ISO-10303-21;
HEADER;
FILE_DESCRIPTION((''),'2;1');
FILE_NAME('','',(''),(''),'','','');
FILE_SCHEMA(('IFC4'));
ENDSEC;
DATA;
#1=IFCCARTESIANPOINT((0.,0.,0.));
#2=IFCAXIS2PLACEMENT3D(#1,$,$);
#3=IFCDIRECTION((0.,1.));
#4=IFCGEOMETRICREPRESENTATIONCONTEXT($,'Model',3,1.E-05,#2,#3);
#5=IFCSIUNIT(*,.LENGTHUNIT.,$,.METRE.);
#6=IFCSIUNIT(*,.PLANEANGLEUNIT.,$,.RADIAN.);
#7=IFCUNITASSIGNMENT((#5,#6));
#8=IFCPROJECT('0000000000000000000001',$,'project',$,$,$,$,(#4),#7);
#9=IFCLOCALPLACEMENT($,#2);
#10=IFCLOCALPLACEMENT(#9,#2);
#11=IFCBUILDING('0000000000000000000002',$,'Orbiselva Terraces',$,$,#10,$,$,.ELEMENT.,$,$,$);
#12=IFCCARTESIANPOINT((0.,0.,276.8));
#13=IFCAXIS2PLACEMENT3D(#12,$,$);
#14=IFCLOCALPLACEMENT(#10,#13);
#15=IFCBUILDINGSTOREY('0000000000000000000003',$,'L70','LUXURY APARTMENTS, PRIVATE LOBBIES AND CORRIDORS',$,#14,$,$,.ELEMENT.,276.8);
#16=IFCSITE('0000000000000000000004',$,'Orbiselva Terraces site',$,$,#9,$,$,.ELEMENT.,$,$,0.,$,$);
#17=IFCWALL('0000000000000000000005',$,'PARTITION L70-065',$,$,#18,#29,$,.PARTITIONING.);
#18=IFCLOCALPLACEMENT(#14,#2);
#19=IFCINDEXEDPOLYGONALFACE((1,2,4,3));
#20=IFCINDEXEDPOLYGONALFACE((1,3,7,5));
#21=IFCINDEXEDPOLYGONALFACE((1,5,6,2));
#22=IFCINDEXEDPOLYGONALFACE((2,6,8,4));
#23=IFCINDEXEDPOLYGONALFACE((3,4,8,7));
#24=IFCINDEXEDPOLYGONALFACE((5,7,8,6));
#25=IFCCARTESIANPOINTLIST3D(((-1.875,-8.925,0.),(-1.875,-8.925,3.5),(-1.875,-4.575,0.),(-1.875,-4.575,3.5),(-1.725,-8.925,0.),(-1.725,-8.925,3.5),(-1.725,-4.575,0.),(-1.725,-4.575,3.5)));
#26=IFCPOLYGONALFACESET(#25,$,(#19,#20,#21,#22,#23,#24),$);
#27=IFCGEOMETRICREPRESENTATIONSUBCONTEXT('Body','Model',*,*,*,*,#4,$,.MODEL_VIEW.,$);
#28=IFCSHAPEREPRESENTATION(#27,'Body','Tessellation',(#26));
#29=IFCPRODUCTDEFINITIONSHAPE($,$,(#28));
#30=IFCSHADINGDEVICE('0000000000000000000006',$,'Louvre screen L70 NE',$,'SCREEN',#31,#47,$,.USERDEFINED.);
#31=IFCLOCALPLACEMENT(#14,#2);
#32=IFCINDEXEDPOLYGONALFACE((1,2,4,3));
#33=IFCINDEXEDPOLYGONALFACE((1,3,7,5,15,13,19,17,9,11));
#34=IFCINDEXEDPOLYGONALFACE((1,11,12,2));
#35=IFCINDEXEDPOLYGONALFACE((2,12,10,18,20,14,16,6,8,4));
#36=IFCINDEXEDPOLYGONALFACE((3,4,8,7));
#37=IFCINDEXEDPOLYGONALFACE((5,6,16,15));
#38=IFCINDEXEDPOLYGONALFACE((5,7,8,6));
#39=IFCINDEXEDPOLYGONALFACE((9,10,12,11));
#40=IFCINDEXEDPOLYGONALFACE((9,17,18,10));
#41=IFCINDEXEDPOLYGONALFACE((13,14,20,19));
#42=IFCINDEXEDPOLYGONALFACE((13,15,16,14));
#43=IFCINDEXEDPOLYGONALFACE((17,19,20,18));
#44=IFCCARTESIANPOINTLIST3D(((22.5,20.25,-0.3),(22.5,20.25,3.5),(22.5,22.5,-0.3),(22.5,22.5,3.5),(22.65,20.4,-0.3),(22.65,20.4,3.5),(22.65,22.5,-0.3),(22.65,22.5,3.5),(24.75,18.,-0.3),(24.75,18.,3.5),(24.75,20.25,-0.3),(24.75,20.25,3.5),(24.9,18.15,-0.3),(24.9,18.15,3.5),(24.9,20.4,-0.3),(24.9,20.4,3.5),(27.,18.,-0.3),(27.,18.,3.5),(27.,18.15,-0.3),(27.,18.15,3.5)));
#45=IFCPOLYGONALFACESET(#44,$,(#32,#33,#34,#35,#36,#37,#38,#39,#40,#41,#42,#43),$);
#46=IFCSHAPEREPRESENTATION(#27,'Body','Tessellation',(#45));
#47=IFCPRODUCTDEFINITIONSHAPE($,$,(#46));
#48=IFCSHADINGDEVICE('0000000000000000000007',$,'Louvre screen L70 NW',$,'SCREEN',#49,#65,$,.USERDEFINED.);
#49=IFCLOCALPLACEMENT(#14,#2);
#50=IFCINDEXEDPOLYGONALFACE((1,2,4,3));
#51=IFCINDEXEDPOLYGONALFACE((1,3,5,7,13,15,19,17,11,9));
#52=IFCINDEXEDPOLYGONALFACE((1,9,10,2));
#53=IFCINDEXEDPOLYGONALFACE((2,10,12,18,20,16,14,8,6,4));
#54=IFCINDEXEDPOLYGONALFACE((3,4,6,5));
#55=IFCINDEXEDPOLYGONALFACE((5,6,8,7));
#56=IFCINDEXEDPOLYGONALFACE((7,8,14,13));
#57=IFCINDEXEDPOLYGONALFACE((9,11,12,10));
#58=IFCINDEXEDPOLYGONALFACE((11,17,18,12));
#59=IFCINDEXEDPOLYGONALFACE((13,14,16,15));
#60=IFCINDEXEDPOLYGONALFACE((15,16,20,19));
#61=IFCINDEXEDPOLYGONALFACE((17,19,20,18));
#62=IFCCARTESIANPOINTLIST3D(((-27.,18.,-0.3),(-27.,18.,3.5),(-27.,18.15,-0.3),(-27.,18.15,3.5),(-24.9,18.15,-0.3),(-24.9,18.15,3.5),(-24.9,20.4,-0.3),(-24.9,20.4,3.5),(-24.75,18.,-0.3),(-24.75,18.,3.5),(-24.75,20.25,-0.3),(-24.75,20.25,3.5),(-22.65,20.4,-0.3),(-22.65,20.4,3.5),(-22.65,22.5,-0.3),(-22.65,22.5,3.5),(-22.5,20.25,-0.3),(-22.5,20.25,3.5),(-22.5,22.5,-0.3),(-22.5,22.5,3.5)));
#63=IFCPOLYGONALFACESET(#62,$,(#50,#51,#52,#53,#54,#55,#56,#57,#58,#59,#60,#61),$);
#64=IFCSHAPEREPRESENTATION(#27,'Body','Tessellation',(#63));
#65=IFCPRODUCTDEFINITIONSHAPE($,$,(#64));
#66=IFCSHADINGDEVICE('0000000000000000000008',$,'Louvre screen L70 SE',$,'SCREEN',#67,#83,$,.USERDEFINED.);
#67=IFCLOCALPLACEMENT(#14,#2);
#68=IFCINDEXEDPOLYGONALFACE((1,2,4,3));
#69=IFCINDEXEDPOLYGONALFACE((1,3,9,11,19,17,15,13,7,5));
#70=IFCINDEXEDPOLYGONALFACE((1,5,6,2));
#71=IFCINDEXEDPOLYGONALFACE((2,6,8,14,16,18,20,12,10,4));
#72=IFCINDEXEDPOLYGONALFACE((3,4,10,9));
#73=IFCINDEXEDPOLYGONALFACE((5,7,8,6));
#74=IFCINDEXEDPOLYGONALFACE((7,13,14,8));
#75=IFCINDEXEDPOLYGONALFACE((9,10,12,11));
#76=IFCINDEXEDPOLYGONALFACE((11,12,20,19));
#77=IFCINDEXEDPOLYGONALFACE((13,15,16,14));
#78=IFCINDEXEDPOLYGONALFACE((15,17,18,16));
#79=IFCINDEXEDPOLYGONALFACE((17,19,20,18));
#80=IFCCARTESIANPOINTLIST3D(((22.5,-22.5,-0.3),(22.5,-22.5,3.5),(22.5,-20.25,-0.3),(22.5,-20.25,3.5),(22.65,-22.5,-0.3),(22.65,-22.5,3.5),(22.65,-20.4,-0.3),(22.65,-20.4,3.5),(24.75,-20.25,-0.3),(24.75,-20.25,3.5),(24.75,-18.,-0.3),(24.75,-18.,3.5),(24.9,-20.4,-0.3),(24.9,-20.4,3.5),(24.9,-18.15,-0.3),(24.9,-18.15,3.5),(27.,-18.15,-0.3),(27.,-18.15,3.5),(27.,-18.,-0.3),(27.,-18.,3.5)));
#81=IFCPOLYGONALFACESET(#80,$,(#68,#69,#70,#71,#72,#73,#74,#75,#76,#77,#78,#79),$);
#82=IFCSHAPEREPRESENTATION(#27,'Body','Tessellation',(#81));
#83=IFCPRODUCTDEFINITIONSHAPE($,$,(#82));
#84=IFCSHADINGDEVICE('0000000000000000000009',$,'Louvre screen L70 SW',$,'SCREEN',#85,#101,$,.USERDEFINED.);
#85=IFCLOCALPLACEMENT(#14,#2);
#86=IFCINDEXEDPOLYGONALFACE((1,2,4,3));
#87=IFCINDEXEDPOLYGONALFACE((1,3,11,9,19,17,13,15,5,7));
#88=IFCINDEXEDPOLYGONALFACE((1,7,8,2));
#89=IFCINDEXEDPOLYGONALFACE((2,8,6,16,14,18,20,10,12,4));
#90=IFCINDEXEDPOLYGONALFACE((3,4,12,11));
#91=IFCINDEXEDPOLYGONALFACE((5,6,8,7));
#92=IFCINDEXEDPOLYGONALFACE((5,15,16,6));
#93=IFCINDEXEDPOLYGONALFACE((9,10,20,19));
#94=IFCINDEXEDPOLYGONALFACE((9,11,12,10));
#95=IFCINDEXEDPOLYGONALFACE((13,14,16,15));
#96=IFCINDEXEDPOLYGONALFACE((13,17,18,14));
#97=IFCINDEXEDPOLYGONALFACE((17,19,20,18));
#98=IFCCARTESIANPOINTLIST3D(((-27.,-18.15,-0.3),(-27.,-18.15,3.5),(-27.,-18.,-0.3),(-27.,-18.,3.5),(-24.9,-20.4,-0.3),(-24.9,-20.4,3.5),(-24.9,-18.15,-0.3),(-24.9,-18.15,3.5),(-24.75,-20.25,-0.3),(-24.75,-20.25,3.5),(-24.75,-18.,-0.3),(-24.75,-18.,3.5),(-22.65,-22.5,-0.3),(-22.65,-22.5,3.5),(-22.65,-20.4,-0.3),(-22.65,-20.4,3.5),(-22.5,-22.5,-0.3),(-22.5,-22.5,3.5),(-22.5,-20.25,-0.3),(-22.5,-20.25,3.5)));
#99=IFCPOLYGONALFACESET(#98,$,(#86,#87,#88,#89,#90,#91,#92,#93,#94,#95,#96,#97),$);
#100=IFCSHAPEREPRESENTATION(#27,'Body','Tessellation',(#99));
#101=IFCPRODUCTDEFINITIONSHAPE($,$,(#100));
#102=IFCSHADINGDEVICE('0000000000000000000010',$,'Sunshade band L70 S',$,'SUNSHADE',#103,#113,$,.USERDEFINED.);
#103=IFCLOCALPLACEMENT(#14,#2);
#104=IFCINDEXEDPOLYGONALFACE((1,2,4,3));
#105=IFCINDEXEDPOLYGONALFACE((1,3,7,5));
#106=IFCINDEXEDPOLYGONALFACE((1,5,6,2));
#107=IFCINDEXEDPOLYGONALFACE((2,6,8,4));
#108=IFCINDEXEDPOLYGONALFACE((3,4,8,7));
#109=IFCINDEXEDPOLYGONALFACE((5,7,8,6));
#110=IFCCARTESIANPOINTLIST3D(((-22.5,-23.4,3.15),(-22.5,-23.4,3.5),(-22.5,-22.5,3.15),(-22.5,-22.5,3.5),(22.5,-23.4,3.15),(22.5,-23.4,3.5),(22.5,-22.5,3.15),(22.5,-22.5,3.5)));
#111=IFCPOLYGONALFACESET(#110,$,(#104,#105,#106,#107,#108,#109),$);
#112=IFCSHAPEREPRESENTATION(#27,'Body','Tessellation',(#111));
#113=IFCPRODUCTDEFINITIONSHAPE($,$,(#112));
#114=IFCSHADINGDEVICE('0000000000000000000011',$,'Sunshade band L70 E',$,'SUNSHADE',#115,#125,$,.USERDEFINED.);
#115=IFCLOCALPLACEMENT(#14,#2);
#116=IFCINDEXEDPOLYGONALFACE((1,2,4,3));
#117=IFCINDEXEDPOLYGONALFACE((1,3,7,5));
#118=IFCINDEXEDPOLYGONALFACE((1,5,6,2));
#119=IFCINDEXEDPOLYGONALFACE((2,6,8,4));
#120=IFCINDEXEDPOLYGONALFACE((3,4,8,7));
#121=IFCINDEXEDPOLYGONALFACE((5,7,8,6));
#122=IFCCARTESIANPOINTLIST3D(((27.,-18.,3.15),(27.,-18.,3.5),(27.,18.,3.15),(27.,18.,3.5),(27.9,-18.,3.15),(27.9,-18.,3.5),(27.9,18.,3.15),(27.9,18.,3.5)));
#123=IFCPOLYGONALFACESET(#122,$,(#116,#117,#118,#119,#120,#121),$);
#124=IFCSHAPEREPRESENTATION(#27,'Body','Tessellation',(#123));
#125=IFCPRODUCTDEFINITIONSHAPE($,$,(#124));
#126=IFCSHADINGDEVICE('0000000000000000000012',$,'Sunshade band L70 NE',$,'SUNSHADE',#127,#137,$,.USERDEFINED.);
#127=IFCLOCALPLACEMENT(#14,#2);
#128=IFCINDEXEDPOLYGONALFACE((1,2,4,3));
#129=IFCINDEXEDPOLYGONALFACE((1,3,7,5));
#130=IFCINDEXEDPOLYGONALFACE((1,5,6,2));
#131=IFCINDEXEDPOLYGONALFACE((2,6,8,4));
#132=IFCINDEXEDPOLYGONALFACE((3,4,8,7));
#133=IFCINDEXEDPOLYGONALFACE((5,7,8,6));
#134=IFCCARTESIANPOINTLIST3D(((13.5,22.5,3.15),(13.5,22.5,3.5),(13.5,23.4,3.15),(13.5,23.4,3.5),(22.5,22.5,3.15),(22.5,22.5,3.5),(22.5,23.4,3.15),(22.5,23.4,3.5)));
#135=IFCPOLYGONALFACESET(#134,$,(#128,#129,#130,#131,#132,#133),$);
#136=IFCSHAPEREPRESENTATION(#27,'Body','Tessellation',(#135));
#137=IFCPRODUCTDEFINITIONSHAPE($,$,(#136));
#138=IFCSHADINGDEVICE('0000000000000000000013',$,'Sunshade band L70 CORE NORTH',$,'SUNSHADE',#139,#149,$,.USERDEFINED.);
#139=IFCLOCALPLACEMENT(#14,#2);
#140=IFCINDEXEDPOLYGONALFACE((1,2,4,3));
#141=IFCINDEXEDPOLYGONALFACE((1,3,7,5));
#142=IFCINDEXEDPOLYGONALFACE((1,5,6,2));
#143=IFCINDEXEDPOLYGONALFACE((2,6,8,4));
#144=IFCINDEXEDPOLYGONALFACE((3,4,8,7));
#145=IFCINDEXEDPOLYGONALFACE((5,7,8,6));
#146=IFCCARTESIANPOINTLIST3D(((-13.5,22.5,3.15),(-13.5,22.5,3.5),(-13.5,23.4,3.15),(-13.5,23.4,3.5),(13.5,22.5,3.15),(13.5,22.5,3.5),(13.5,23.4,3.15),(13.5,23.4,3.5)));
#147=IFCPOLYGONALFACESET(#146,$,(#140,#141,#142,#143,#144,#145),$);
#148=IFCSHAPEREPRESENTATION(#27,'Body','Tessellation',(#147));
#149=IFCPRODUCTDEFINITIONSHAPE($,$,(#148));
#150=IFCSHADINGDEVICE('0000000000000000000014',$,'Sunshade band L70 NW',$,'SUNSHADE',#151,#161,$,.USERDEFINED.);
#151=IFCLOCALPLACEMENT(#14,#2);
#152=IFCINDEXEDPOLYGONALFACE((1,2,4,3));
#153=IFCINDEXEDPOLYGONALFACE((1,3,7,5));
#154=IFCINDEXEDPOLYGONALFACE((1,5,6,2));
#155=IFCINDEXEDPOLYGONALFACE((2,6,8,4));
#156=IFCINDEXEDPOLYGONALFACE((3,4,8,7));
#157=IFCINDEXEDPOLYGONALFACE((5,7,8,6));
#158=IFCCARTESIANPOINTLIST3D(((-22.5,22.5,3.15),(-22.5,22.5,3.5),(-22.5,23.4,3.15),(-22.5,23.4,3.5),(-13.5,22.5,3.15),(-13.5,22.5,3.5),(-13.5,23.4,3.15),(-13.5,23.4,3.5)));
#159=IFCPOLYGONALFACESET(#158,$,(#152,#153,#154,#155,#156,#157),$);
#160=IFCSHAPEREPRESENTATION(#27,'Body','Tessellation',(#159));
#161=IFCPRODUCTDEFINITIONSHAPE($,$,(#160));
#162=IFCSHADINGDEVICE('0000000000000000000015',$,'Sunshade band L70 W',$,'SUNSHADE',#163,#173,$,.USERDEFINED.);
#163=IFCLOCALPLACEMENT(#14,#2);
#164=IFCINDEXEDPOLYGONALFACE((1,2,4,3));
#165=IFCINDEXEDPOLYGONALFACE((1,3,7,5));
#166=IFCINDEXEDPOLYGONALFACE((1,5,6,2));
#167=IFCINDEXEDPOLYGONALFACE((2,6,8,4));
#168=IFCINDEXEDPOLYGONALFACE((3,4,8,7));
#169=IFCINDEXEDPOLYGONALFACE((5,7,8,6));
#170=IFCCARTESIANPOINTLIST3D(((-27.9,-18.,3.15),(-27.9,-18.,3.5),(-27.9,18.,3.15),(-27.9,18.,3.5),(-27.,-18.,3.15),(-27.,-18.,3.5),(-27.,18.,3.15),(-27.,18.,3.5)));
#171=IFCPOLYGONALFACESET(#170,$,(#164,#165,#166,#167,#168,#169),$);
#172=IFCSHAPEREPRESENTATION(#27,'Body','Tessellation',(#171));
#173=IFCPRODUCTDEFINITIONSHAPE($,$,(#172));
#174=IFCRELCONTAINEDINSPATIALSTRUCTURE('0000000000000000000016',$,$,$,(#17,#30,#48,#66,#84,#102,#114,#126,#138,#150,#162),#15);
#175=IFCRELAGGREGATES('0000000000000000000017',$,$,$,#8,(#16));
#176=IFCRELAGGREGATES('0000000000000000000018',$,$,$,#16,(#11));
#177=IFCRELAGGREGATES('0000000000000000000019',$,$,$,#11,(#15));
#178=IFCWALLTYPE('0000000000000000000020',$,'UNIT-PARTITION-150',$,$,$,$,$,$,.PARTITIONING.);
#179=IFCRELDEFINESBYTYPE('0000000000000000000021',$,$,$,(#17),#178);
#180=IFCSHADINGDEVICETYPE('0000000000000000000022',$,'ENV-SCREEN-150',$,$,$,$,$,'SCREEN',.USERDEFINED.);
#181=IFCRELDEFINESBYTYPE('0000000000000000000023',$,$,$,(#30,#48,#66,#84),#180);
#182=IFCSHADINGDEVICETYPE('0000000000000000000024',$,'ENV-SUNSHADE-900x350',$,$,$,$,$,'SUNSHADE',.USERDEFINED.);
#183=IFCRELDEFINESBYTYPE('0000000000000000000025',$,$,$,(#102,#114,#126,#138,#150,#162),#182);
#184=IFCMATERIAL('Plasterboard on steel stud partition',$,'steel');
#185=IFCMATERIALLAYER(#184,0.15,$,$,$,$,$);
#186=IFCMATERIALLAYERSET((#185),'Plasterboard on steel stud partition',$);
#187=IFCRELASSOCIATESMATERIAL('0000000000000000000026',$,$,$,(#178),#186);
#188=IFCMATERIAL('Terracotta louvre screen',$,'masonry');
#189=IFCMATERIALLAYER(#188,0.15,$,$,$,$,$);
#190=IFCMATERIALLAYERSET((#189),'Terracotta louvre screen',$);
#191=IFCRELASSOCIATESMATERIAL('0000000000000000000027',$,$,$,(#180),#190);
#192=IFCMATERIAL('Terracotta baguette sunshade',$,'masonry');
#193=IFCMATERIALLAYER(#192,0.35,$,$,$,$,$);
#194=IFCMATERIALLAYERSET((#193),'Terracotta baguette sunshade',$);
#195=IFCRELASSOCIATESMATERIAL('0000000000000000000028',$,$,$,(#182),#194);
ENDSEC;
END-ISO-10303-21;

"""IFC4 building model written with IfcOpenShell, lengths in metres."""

from ifc_helpers import new_model, si_unit, direction, frame, frame_2d, origin, place, context, subcontext, project, spatial, polyline, rectangle, outline, extrude, material, layer, layer_set, type_object, element, save


model = new_model("IFC4")

# Units and contexts
model_context = context("Model", 3, precision=1e-05, world=origin(), true_north=direction((0.0, 1.0)))
body_context = subcontext(model_context, "Body", "Model", "MODEL_VIEW")
ifc_project = project(units=[si_unit("LENGTHUNIT", "METRE"), si_unit("PLANEANGLEUNIT", "RADIAN")], contexts=[model_context])

# Site, building, storey
site_placement = place(None, origin())
site = spatial("IfcSite", under=ifc_project, at=site_placement, Name="Orbiselva Terraces site", CompositionType="ELEMENT", RefElevation=0.0)
building_placement = place(site_placement, origin())
building = spatial("IfcBuilding", under=site, at=building_placement, Name="Orbiselva Terraces", CompositionType="ELEMENT")
storey_placement = place(building_placement, frame((0.0, 0.0, 276.8)))
storey = spatial("IfcBuildingStorey", under=building, at=storey_placement, Name="L70", Description="LUXURY APARTMENTS, PRIVATE LOBBIES AND CORRIDORS", CompositionType="ELEMENT", Elevation=276.8)

# Shared definitions
ifc_material_1 = material(Name="Plasterboard on steel stud partition", Category="steel")
ifc_layer_1 = layer(ifc_material_1, 0.15)
ifc_layer_set_1 = layer_set([ifc_layer_1], Name="Plasterboard on steel stud partition")
wall_type_1 = type_object("IfcWallType", Name="UNIT-PARTITION-150", PredefinedType="PARTITIONING", material=ifc_layer_set_1)

# Wall
for number, where, z_axis, x_axis, name in (
    (1, (-1.8, -8.925, 0.0), (0.0, 0.0, 1.0), (0.0, 1.0, 0.0), "PARTITION L70-065"),
):
    element("IfcWall", number, at=place(storey_placement, frame(where, z_axis=z_axis, x_axis=x_axis)), inside=storey, type_object=wall_type_1, Name=name, PredefinedType="PARTITIONING", context=body_context, shape_type="SweptSolid", body=[
        extrude(rectangle(XDim=4.35, YDim=0.15, at=frame_2d((2.175, 0.0))), origin(), (0.0, 0.0, 1.0), 3.5),
    ])

# Shading devices
ifc_material_2 = material(Name="Terracotta louvre screen", Category="masonry")
ifc_layer_2 = layer(ifc_material_2, 0.15)
ifc_layer_set_2 = layer_set([ifc_layer_2], Name="Terracotta louvre screen")
shading_device_type_1 = type_object("IfcShadingDeviceType", Name="ENV-SCREEN-150", ElementType="SCREEN", PredefinedType="USERDEFINED", material=ifc_layer_set_2)
shading_device_1_placement = place(storey_placement, frame((0.0, 0.0, -0.3)))
element("IfcShadingDevice", 2, at=shading_device_1_placement, inside=storey, type_object=shading_device_type_1, Name="Louvre screen L70 NE", ObjectType="SCREEN", PredefinedType="USERDEFINED", context=body_context, shape_type="SweptSolid", body=[
    extrude(outline(polyline([(27.0, 18.15), (24.9, 18.15), (24.9, 20.4), (22.65, 20.4), (22.65, 22.5), (22.5, 22.5), (22.5, 20.25), (24.75, 20.25), (24.75, 18.0), (27.0, 18.0), (27.0, 18.15)])), origin(), (0.0, 0.0, 1.0), 3.8),
])
shading_device_2_placement = place(storey_placement, frame((0.0, 0.0, -0.3)))
element("IfcShadingDevice", 3, at=shading_device_2_placement, inside=storey, type_object=shading_device_type_1, Name="Louvre screen L70 NW", ObjectType="SCREEN", PredefinedType="USERDEFINED", context=body_context, shape_type="SweptSolid", body=[
    extrude(outline(polyline([(-22.65, 22.5), (-22.65, 20.4), (-24.9, 20.4), (-24.9, 18.15), (-27.0, 18.15), (-27.0, 18.0), (-24.75, 18.0), (-24.75, 20.25), (-22.5, 20.25), (-22.5, 22.5), (-22.65, 22.5)])), origin(), (0.0, 0.0, 1.0), 3.8),
])
shading_device_3_placement = place(storey_placement, frame((0.0, 0.0, -0.3)))
element("IfcShadingDevice", 4, at=shading_device_3_placement, inside=storey, type_object=shading_device_type_1, Name="Louvre screen L70 SE", ObjectType="SCREEN", PredefinedType="USERDEFINED", context=body_context, shape_type="SweptSolid", body=[
    extrude(outline(polyline([(22.65, -22.5), (22.65, -20.4), (24.9, -20.4), (24.9, -18.15), (27.0, -18.15), (27.0, -18.0), (24.75, -18.0), (24.75, -20.25), (22.5, -20.25), (22.5, -22.5), (22.65, -22.5)])), origin(), (0.0, 0.0, 1.0), 3.8),
])
shading_device_4_placement = place(storey_placement, frame((0.0, 0.0, -0.3)))
element("IfcShadingDevice", 5, at=shading_device_4_placement, inside=storey, type_object=shading_device_type_1, Name="Louvre screen L70 SW", ObjectType="SCREEN", PredefinedType="USERDEFINED", context=body_context, shape_type="SweptSolid", body=[
    extrude(outline(polyline([(-27.0, -18.15), (-24.9, -18.15), (-24.9, -20.4), (-22.65, -20.4), (-22.65, -22.5), (-22.5, -22.5), (-22.5, -20.25), (-24.75, -20.25), (-24.75, -18.0), (-27.0, -18.0), (-27.0, -18.15)])), origin(), (0.0, 0.0, 1.0), 3.8),
])
ifc_material_3 = material(Name="Terracotta baguette sunshade", Category="masonry")
ifc_layer_3 = layer(ifc_material_3, 0.35)
ifc_layer_set_3 = layer_set([ifc_layer_3], Name="Terracotta baguette sunshade")
shading_device_type_2 = type_object("IfcShadingDeviceType", Name="ENV-SUNSHADE-900x350", ElementType="SUNSHADE", PredefinedType="USERDEFINED", material=ifc_layer_set_3)
shading_device_5_placement = place(storey_placement, frame((0.0, 0.0, 3.15)))
element("IfcShadingDevice", 6, at=shading_device_5_placement, inside=storey, type_object=shading_device_type_2, Name="Sunshade band L70 S", ObjectType="SUNSHADE", PredefinedType="USERDEFINED", context=body_context, shape_type="SweptSolid", body=[
    extrude(outline(polyline([(-22.5, -23.4), (22.5, -23.4), (22.5, -22.5), (-22.5, -22.5), (-22.5, -23.4)])), origin(), (0.0, 0.0, 1.0), 0.35),
])
shading_device_6_placement = place(storey_placement, frame((0.0, 0.0, 3.15)))
element("IfcShadingDevice", 7, at=shading_device_6_placement, inside=storey, type_object=shading_device_type_2, Name="Sunshade band L70 E", ObjectType="SUNSHADE", PredefinedType="USERDEFINED", context=body_context, shape_type="SweptSolid", body=[
    extrude(outline(polyline([(27.9, -18.0), (27.9, 18.0), (27.0, 18.0), (27.0, -18.0), (27.9, -18.0)])), origin(), (0.0, 0.0, 1.0), 0.35),
])
shading_device_7_placement = place(storey_placement, frame((0.0, 0.0, 3.15)))
element("IfcShadingDevice", 8, at=shading_device_7_placement, inside=storey, type_object=shading_device_type_2, Name="Sunshade band L70 NE", ObjectType="SUNSHADE", PredefinedType="USERDEFINED", context=body_context, shape_type="SweptSolid", body=[
    extrude(outline(polyline([(22.5, 23.4), (13.5, 23.4), (13.5, 22.5), (22.5, 22.5), (22.5, 23.4)])), origin(), (0.0, 0.0, 1.0), 0.35),
])
shading_device_8_placement = place(storey_placement, frame((0.0, 0.0, 3.15)))
element("IfcShadingDevice", 9, at=shading_device_8_placement, inside=storey, type_object=shading_device_type_2, Name="Sunshade band L70 CORE NORTH", ObjectType="SUNSHADE", PredefinedType="USERDEFINED", context=body_context, shape_type="SweptSolid", body=[
    extrude(outline(polyline([(13.5, 23.4), (-13.5, 23.4), (-13.5, 22.5), (13.5, 22.5), (13.5, 23.4)])), origin(), (0.0, 0.0, 1.0), 0.35),
])
shading_device_9_placement = place(storey_placement, frame((0.0, 0.0, 3.15)))
element("IfcShadingDevice", 10, at=shading_device_9_placement, inside=storey, type_object=shading_device_type_2, Name="Sunshade band L70 NW", ObjectType="SUNSHADE", PredefinedType="USERDEFINED", context=body_context, shape_type="SweptSolid", body=[
    extrude(outline(polyline([(-13.5, 23.4), (-22.5, 23.4), (-22.5, 22.5), (-13.5, 22.5), (-13.5, 23.4)])), origin(), (0.0, 0.0, 1.0), 0.35),
])
shading_device_10_placement = place(storey_placement, frame((0.0, 0.0, 3.15)))
element("IfcShadingDevice", 11, at=shading_device_10_placement, inside=storey, type_object=shading_device_type_2, Name="Sunshade band L70 W", ObjectType="SUNSHADE", PredefinedType="USERDEFINED", context=body_context, shape_type="SweptSolid", body=[
    extrude(outline(polyline([(-27.9, 18.0), (-27.9, -18.0), (-27.0, -18.0), (-27.0, 18.0), (-27.9, 18.0)])), origin(), (0.0, 0.0, 1.0), 0.35),
])

save(model, "model.ifc")
